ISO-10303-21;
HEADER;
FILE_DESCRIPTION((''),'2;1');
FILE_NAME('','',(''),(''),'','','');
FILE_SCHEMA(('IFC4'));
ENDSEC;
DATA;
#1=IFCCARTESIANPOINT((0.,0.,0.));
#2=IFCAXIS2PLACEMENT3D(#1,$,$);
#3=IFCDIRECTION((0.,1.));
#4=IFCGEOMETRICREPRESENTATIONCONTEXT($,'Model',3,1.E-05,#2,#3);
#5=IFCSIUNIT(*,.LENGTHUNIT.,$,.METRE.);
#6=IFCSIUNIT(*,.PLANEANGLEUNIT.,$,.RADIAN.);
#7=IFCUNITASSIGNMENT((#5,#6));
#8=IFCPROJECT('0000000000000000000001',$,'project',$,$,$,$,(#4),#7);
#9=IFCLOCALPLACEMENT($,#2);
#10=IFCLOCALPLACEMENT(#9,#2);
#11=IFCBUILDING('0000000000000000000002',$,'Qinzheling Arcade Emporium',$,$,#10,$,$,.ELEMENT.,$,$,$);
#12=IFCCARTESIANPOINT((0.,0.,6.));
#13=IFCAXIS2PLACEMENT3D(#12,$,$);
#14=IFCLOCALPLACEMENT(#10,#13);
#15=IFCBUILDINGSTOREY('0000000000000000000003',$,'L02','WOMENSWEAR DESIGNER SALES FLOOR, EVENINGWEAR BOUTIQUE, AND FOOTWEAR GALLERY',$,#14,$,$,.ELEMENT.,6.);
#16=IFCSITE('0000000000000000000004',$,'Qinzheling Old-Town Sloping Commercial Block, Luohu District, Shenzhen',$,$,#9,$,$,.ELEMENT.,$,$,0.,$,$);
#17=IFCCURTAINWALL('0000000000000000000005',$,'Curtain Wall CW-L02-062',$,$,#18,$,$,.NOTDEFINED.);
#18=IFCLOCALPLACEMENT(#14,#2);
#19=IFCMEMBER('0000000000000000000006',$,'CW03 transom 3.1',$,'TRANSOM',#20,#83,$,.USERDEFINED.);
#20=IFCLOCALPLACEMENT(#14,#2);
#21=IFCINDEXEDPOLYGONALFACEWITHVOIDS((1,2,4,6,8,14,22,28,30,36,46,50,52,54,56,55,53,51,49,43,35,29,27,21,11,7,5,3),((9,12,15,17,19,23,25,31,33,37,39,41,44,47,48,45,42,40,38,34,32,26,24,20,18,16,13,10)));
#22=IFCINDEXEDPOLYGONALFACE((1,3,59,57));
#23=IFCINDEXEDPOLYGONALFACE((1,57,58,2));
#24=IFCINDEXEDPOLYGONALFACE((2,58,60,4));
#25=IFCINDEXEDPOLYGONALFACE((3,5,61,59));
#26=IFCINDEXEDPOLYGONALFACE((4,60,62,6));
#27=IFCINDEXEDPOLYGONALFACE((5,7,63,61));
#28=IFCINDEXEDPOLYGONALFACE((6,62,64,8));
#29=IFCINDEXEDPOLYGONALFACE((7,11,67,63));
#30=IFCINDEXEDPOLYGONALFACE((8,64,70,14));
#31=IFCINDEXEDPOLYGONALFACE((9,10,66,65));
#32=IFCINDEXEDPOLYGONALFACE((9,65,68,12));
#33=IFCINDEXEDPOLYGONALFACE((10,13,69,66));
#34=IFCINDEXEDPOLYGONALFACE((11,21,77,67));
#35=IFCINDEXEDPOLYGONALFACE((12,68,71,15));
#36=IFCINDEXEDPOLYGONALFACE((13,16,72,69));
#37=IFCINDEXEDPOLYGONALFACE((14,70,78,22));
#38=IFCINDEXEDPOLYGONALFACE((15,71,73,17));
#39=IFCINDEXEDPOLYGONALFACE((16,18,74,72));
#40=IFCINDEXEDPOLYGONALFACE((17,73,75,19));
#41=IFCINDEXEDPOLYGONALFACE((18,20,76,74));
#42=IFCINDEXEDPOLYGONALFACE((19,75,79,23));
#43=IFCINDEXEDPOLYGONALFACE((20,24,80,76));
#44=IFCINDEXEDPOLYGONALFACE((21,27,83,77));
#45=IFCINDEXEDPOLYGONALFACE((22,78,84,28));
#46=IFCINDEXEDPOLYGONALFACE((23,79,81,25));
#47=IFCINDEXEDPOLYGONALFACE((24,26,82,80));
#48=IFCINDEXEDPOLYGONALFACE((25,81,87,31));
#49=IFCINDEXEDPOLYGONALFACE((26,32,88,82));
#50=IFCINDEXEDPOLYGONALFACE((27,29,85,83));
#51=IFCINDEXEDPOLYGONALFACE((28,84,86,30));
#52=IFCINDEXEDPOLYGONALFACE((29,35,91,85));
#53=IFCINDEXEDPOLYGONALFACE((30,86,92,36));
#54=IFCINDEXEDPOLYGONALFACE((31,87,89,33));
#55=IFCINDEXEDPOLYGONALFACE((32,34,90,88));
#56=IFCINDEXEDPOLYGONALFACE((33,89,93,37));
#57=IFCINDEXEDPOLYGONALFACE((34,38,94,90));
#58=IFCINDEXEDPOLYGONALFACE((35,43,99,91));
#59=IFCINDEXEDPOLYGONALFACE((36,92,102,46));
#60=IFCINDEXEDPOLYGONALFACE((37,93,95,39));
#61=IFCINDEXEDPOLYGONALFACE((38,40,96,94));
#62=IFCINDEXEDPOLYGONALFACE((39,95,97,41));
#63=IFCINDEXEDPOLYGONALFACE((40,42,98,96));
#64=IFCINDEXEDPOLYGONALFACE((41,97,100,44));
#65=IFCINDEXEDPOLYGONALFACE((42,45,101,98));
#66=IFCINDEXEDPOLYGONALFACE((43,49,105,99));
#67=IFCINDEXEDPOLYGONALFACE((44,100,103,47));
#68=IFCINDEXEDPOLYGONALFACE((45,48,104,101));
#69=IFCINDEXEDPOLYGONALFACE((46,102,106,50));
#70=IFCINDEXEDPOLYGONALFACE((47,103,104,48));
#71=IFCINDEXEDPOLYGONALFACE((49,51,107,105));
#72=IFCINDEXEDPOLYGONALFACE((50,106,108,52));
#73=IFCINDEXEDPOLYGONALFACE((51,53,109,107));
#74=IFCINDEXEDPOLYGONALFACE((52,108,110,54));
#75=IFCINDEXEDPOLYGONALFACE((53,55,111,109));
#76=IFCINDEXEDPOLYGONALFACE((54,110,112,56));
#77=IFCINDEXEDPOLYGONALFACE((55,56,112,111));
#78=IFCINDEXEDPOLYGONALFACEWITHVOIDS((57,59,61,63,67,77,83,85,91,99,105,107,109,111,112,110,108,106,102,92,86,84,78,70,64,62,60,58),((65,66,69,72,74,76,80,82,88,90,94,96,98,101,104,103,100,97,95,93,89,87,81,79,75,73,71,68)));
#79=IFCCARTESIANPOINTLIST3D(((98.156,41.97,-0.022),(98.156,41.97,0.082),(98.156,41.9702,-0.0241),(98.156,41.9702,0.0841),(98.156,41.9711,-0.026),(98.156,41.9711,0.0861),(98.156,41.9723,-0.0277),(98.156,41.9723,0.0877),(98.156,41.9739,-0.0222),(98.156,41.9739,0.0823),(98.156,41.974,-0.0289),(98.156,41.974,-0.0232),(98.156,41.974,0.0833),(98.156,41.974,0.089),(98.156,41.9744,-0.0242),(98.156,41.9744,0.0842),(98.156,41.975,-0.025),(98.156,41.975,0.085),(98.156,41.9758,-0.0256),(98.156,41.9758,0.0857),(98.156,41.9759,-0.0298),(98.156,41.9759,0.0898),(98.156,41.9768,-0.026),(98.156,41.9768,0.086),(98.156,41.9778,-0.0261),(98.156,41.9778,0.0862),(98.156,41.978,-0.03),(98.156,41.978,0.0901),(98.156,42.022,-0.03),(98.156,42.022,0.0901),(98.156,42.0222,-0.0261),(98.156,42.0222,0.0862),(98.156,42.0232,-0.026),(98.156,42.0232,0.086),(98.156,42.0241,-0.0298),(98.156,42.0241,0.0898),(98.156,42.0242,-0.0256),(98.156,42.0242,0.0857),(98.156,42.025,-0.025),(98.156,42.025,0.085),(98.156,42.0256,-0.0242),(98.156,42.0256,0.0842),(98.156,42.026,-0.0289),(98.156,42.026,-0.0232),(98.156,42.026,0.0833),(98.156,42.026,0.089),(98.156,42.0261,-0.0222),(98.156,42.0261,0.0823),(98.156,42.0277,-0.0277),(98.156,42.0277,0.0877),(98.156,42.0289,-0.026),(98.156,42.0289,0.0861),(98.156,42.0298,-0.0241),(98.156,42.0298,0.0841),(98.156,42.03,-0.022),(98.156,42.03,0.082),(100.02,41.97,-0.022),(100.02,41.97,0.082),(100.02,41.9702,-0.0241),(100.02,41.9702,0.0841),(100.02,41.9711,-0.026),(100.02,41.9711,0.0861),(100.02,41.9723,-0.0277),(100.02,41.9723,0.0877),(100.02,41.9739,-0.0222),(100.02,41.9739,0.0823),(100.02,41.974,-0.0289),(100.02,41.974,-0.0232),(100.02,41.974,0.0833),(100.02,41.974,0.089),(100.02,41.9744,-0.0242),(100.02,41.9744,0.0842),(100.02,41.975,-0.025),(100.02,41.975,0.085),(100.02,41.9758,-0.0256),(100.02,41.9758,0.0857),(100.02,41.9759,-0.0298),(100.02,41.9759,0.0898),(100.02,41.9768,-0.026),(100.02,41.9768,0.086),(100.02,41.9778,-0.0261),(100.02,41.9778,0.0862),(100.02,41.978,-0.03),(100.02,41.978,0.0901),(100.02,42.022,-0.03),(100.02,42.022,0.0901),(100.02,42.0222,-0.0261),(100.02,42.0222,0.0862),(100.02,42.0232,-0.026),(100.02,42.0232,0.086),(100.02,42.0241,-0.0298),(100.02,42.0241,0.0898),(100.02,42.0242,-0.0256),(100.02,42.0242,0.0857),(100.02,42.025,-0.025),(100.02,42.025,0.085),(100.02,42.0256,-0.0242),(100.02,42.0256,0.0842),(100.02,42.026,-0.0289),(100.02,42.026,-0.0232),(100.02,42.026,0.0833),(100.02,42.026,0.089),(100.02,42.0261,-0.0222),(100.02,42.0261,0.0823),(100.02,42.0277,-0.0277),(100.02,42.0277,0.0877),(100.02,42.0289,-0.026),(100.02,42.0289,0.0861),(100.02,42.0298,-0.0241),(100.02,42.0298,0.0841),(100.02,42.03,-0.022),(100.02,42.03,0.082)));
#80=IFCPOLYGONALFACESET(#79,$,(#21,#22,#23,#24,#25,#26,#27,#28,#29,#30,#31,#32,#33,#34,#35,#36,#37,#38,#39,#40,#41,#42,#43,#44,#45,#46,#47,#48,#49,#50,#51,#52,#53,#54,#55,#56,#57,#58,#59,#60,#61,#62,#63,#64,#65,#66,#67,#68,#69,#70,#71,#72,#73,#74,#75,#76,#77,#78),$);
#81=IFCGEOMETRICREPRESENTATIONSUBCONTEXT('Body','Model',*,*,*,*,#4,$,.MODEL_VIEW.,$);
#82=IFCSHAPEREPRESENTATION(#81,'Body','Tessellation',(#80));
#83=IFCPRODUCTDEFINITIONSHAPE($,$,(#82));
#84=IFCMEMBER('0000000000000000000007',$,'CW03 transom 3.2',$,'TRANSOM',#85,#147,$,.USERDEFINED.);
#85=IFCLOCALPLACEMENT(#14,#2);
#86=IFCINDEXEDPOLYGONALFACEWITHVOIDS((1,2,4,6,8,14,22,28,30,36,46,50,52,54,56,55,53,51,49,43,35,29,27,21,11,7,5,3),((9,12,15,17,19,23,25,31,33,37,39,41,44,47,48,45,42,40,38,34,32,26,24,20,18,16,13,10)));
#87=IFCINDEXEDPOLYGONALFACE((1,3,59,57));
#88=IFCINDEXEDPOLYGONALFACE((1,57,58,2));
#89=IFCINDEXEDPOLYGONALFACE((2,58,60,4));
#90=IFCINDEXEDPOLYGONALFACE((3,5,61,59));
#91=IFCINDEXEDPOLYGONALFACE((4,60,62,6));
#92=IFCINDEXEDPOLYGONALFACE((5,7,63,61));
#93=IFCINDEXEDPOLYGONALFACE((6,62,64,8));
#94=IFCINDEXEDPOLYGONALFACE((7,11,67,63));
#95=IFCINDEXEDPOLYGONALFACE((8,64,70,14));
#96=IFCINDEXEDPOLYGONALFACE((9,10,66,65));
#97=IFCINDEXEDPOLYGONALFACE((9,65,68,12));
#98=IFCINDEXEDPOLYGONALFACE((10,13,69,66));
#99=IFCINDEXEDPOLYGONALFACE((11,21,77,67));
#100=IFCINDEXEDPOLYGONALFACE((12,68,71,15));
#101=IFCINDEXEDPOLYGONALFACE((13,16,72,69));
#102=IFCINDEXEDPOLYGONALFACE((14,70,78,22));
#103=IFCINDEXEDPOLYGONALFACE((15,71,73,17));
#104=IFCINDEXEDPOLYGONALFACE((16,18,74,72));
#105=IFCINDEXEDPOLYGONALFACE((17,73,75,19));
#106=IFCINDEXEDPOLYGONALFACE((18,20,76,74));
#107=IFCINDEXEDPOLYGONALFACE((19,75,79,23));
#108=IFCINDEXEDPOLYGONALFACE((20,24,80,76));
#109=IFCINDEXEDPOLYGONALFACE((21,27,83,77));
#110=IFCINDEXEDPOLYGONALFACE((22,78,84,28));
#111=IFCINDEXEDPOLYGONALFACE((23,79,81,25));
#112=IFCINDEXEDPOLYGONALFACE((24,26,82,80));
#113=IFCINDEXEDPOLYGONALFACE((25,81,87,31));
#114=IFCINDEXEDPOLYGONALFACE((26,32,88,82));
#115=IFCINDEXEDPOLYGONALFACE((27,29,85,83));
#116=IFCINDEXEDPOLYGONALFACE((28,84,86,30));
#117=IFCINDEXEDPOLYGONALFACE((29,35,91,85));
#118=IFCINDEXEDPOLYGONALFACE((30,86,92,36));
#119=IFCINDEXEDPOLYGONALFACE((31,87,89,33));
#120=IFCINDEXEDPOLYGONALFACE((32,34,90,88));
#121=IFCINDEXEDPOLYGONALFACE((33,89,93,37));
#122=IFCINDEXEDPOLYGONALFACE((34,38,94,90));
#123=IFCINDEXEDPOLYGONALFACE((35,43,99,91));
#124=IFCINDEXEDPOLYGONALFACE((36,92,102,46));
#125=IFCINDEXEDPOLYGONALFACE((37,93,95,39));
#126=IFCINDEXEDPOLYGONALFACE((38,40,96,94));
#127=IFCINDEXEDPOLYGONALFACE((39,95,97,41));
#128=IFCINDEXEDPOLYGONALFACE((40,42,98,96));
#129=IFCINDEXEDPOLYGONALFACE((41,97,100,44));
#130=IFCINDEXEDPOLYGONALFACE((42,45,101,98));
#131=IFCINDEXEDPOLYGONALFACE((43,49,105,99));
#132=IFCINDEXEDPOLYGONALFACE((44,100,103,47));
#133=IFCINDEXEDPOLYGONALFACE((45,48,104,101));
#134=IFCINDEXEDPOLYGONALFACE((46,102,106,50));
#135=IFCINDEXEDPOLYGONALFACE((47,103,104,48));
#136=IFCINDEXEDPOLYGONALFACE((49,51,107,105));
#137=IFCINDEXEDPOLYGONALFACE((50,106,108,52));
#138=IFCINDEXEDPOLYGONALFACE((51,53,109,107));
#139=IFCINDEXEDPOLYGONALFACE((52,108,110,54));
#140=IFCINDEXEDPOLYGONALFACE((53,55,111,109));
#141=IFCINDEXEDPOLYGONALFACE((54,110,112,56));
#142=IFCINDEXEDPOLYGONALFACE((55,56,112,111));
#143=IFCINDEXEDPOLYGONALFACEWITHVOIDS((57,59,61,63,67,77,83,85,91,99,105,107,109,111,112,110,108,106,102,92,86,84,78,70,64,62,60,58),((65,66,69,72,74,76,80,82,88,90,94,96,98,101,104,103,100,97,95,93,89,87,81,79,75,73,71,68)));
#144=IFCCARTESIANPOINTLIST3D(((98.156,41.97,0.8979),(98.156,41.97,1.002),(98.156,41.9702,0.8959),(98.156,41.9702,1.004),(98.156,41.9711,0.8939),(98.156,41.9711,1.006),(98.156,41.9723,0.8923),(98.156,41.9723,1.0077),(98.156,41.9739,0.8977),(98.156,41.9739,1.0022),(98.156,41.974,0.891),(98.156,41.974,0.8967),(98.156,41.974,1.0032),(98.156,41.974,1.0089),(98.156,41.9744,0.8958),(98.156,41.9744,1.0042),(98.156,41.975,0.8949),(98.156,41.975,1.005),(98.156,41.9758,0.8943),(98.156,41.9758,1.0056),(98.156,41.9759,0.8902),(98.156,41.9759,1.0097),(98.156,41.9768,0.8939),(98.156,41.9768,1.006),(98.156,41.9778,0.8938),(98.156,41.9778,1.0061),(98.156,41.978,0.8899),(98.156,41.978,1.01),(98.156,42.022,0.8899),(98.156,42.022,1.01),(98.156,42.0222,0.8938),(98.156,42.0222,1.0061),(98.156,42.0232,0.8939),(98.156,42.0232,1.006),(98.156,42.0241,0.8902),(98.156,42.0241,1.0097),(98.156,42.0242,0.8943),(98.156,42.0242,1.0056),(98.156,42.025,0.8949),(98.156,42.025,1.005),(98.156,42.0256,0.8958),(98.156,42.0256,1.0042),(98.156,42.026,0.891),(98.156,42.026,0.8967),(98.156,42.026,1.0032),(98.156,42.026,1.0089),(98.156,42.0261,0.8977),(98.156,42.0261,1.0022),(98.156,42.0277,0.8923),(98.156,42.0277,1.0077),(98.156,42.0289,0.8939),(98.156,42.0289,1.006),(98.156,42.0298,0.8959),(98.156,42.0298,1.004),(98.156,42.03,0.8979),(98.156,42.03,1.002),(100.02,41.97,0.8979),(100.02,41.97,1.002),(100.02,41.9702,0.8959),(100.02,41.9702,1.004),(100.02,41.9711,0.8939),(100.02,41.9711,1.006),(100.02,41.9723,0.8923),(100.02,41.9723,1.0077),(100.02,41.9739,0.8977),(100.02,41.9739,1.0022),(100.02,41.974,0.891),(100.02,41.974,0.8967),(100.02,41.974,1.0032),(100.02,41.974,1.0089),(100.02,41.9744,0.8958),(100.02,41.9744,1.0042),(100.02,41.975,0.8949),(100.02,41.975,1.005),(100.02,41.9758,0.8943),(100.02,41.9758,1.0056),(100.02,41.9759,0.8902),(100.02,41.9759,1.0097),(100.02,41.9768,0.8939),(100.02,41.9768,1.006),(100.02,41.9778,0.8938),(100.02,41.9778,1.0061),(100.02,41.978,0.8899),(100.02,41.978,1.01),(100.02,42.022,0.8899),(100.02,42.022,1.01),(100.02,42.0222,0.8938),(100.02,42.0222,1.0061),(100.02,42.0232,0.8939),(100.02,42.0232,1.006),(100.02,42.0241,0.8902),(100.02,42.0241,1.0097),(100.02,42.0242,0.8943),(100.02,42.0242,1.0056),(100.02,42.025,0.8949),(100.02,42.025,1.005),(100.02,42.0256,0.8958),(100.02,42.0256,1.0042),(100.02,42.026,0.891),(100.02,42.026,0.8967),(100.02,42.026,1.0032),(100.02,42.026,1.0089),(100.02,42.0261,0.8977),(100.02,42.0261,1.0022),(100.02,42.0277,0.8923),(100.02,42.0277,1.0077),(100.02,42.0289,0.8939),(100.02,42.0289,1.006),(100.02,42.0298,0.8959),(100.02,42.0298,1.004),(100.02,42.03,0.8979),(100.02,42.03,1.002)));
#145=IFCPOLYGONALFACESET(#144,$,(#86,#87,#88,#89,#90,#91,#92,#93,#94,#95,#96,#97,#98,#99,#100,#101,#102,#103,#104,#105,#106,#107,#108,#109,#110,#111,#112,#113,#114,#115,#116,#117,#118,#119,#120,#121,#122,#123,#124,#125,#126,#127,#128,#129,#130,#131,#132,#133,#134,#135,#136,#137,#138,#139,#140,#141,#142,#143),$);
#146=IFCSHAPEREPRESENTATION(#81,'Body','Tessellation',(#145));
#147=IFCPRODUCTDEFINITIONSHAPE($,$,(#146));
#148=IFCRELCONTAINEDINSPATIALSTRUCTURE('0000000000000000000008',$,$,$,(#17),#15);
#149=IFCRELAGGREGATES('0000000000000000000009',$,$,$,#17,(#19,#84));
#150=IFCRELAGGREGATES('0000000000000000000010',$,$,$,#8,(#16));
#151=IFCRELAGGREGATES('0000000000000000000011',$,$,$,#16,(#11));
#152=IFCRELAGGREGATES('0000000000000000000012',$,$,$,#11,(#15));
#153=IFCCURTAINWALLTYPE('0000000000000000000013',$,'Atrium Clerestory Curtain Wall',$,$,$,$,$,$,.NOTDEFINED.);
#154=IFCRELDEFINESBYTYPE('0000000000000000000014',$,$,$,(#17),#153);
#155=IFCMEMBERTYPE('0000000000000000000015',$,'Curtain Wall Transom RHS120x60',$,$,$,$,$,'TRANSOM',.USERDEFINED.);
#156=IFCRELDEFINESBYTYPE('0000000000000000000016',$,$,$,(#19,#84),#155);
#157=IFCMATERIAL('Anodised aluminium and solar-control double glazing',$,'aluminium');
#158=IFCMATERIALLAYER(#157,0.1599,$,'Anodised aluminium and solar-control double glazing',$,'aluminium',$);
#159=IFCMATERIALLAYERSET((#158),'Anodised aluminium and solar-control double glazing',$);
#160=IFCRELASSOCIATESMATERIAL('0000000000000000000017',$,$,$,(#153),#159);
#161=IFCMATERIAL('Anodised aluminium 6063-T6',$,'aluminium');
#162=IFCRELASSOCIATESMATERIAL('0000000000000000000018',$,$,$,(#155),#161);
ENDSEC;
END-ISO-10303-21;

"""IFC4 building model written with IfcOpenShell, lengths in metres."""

from ifc_helpers import new_model, si_unit, direction, frame, origin, origin_2d, place, context, subcontext, project, spatial, hollow_rectangle, extrude, material, layer, layer_set, material_profile, profile_set, type_object, element, aggregate, save


model = new_model("IFC4")

# Units and contexts
model_context = context("Model", 3, precision=1e-05, world=origin(), true_north=direction((0.0, 1.0)))
body_context = subcontext(model_context, "Body", "Model", "MODEL_VIEW")
ifc_project = project(units=[si_unit("LENGTHUNIT", "METRE"), si_unit("PLANEANGLEUNIT", "RADIAN")], contexts=[model_context])

# Site, building, storey
site_placement = place(None, origin())
site = spatial("IfcSite", under=ifc_project, at=site_placement, Name="Qinzheling Old-Town Sloping Commercial Block, Luohu District, Shenzhen", CompositionType="ELEMENT", RefElevation=0.0)
building_placement = place(site_placement, origin())
building = spatial("IfcBuilding", under=site, at=building_placement, Name="Qinzheling Arcade Emporium", CompositionType="ELEMENT")
storey_placement = place(building_placement, frame((0.0, 0.0, 6.0)))
storey = spatial("IfcBuildingStorey", under=building, at=storey_placement, Name="L02", Description="WOMENSWEAR DESIGNER SALES FLOOR, EVENINGWEAR BOUTIQUE, AND FOOTWEAR GALLERY", CompositionType="ELEMENT", Elevation=6.0)

# Curtain wall, members
ifc_material_1 = material(Name="Anodised aluminium and solar-control double glazing", Category="aluminium")
ifc_layer_1 = layer(ifc_material_1, 0.1599, Name="Anodised aluminium and solar-control double glazing", Category="aluminium")
ifc_layer_set_1 = layer_set([ifc_layer_1], Name="Anodised aluminium and solar-control double glazing")
curtain_wall_type = type_object("IfcCurtainWallType", Name="Atrium Clerestory Curtain Wall", PredefinedType="NOTDEFINED", material=ifc_layer_set_1)
curtain_wall_placement = place(storey_placement, origin())
curtain_wall = element("IfcCurtainWall", 1, at=curtain_wall_placement, inside=storey, type_object=curtain_wall_type, Name="Curtain Wall CW-L02-062", PredefinedType="NOTDEFINED")
ifc_material_2 = material(Name="Anodised aluminium 6063-T6", Category="aluminium")
ifc_material_profile_1 = material_profile(ifc_material_2, hollow_rectangle(XDim=0.0601, YDim=0.1201, WallThickness=0.0039, InnerFilletRadius=0.0039, OuterFilletRadius=0.0081, at=origin_2d()), Name="RHS 120x60x4", Category="aluminium")
ifc_profile_set_1 = profile_set([ifc_material_profile_1], Name="Anodised aluminium 6063-T6")
member_type_1 = type_object("IfcMemberType", Name="Curtain Wall Transom RHS120x60", ElementType="TRANSOM", PredefinedType="USERDEFINED", material=ifc_profile_set_1)
member_1_placement = place(storey_placement, frame((100.02, 42.0, 0.03), z_axis=(-1.0, 0.0, 0.0), x_axis=(0.0, -1.0, 0.0)))
member_1 = element("IfcMember", 2, at=member_1_placement, type_object=member_type_1, Name="CW03 transom 3.1", ObjectType="TRANSOM", PredefinedType="USERDEFINED", context=body_context, shape_type="SweptSolid", body=[
    extrude(hollow_rectangle(XDim=0.0601, YDim=0.1201, WallThickness=0.0039, InnerFilletRadius=0.0039, OuterFilletRadius=0.0081, at=origin_2d()), origin(), (0.0, 0.0, 1.0), 1.864),
])
member_2_placement = place(storey_placement, frame((100.02, 42.0, 0.95), z_axis=(-1.0, 0.0, 0.0), x_axis=(0.0, -1.0, 0.0)))
member_2 = element("IfcMember", 3, at=member_2_placement, type_object=member_type_1, Name="CW03 transom 3.2", ObjectType="TRANSOM", PredefinedType="USERDEFINED", context=body_context, shape_type="SweptSolid", body=[
    extrude(hollow_rectangle(XDim=0.0601, YDim=0.1201, WallThickness=0.0039, InnerFilletRadius=0.0039, OuterFilletRadius=0.0081, at=origin_2d()), origin(), (0.0, 0.0, 1.0), 1.864),
])

aggregate(curtain_wall, [member_1, member_2])

save(model, "model.ifc")
